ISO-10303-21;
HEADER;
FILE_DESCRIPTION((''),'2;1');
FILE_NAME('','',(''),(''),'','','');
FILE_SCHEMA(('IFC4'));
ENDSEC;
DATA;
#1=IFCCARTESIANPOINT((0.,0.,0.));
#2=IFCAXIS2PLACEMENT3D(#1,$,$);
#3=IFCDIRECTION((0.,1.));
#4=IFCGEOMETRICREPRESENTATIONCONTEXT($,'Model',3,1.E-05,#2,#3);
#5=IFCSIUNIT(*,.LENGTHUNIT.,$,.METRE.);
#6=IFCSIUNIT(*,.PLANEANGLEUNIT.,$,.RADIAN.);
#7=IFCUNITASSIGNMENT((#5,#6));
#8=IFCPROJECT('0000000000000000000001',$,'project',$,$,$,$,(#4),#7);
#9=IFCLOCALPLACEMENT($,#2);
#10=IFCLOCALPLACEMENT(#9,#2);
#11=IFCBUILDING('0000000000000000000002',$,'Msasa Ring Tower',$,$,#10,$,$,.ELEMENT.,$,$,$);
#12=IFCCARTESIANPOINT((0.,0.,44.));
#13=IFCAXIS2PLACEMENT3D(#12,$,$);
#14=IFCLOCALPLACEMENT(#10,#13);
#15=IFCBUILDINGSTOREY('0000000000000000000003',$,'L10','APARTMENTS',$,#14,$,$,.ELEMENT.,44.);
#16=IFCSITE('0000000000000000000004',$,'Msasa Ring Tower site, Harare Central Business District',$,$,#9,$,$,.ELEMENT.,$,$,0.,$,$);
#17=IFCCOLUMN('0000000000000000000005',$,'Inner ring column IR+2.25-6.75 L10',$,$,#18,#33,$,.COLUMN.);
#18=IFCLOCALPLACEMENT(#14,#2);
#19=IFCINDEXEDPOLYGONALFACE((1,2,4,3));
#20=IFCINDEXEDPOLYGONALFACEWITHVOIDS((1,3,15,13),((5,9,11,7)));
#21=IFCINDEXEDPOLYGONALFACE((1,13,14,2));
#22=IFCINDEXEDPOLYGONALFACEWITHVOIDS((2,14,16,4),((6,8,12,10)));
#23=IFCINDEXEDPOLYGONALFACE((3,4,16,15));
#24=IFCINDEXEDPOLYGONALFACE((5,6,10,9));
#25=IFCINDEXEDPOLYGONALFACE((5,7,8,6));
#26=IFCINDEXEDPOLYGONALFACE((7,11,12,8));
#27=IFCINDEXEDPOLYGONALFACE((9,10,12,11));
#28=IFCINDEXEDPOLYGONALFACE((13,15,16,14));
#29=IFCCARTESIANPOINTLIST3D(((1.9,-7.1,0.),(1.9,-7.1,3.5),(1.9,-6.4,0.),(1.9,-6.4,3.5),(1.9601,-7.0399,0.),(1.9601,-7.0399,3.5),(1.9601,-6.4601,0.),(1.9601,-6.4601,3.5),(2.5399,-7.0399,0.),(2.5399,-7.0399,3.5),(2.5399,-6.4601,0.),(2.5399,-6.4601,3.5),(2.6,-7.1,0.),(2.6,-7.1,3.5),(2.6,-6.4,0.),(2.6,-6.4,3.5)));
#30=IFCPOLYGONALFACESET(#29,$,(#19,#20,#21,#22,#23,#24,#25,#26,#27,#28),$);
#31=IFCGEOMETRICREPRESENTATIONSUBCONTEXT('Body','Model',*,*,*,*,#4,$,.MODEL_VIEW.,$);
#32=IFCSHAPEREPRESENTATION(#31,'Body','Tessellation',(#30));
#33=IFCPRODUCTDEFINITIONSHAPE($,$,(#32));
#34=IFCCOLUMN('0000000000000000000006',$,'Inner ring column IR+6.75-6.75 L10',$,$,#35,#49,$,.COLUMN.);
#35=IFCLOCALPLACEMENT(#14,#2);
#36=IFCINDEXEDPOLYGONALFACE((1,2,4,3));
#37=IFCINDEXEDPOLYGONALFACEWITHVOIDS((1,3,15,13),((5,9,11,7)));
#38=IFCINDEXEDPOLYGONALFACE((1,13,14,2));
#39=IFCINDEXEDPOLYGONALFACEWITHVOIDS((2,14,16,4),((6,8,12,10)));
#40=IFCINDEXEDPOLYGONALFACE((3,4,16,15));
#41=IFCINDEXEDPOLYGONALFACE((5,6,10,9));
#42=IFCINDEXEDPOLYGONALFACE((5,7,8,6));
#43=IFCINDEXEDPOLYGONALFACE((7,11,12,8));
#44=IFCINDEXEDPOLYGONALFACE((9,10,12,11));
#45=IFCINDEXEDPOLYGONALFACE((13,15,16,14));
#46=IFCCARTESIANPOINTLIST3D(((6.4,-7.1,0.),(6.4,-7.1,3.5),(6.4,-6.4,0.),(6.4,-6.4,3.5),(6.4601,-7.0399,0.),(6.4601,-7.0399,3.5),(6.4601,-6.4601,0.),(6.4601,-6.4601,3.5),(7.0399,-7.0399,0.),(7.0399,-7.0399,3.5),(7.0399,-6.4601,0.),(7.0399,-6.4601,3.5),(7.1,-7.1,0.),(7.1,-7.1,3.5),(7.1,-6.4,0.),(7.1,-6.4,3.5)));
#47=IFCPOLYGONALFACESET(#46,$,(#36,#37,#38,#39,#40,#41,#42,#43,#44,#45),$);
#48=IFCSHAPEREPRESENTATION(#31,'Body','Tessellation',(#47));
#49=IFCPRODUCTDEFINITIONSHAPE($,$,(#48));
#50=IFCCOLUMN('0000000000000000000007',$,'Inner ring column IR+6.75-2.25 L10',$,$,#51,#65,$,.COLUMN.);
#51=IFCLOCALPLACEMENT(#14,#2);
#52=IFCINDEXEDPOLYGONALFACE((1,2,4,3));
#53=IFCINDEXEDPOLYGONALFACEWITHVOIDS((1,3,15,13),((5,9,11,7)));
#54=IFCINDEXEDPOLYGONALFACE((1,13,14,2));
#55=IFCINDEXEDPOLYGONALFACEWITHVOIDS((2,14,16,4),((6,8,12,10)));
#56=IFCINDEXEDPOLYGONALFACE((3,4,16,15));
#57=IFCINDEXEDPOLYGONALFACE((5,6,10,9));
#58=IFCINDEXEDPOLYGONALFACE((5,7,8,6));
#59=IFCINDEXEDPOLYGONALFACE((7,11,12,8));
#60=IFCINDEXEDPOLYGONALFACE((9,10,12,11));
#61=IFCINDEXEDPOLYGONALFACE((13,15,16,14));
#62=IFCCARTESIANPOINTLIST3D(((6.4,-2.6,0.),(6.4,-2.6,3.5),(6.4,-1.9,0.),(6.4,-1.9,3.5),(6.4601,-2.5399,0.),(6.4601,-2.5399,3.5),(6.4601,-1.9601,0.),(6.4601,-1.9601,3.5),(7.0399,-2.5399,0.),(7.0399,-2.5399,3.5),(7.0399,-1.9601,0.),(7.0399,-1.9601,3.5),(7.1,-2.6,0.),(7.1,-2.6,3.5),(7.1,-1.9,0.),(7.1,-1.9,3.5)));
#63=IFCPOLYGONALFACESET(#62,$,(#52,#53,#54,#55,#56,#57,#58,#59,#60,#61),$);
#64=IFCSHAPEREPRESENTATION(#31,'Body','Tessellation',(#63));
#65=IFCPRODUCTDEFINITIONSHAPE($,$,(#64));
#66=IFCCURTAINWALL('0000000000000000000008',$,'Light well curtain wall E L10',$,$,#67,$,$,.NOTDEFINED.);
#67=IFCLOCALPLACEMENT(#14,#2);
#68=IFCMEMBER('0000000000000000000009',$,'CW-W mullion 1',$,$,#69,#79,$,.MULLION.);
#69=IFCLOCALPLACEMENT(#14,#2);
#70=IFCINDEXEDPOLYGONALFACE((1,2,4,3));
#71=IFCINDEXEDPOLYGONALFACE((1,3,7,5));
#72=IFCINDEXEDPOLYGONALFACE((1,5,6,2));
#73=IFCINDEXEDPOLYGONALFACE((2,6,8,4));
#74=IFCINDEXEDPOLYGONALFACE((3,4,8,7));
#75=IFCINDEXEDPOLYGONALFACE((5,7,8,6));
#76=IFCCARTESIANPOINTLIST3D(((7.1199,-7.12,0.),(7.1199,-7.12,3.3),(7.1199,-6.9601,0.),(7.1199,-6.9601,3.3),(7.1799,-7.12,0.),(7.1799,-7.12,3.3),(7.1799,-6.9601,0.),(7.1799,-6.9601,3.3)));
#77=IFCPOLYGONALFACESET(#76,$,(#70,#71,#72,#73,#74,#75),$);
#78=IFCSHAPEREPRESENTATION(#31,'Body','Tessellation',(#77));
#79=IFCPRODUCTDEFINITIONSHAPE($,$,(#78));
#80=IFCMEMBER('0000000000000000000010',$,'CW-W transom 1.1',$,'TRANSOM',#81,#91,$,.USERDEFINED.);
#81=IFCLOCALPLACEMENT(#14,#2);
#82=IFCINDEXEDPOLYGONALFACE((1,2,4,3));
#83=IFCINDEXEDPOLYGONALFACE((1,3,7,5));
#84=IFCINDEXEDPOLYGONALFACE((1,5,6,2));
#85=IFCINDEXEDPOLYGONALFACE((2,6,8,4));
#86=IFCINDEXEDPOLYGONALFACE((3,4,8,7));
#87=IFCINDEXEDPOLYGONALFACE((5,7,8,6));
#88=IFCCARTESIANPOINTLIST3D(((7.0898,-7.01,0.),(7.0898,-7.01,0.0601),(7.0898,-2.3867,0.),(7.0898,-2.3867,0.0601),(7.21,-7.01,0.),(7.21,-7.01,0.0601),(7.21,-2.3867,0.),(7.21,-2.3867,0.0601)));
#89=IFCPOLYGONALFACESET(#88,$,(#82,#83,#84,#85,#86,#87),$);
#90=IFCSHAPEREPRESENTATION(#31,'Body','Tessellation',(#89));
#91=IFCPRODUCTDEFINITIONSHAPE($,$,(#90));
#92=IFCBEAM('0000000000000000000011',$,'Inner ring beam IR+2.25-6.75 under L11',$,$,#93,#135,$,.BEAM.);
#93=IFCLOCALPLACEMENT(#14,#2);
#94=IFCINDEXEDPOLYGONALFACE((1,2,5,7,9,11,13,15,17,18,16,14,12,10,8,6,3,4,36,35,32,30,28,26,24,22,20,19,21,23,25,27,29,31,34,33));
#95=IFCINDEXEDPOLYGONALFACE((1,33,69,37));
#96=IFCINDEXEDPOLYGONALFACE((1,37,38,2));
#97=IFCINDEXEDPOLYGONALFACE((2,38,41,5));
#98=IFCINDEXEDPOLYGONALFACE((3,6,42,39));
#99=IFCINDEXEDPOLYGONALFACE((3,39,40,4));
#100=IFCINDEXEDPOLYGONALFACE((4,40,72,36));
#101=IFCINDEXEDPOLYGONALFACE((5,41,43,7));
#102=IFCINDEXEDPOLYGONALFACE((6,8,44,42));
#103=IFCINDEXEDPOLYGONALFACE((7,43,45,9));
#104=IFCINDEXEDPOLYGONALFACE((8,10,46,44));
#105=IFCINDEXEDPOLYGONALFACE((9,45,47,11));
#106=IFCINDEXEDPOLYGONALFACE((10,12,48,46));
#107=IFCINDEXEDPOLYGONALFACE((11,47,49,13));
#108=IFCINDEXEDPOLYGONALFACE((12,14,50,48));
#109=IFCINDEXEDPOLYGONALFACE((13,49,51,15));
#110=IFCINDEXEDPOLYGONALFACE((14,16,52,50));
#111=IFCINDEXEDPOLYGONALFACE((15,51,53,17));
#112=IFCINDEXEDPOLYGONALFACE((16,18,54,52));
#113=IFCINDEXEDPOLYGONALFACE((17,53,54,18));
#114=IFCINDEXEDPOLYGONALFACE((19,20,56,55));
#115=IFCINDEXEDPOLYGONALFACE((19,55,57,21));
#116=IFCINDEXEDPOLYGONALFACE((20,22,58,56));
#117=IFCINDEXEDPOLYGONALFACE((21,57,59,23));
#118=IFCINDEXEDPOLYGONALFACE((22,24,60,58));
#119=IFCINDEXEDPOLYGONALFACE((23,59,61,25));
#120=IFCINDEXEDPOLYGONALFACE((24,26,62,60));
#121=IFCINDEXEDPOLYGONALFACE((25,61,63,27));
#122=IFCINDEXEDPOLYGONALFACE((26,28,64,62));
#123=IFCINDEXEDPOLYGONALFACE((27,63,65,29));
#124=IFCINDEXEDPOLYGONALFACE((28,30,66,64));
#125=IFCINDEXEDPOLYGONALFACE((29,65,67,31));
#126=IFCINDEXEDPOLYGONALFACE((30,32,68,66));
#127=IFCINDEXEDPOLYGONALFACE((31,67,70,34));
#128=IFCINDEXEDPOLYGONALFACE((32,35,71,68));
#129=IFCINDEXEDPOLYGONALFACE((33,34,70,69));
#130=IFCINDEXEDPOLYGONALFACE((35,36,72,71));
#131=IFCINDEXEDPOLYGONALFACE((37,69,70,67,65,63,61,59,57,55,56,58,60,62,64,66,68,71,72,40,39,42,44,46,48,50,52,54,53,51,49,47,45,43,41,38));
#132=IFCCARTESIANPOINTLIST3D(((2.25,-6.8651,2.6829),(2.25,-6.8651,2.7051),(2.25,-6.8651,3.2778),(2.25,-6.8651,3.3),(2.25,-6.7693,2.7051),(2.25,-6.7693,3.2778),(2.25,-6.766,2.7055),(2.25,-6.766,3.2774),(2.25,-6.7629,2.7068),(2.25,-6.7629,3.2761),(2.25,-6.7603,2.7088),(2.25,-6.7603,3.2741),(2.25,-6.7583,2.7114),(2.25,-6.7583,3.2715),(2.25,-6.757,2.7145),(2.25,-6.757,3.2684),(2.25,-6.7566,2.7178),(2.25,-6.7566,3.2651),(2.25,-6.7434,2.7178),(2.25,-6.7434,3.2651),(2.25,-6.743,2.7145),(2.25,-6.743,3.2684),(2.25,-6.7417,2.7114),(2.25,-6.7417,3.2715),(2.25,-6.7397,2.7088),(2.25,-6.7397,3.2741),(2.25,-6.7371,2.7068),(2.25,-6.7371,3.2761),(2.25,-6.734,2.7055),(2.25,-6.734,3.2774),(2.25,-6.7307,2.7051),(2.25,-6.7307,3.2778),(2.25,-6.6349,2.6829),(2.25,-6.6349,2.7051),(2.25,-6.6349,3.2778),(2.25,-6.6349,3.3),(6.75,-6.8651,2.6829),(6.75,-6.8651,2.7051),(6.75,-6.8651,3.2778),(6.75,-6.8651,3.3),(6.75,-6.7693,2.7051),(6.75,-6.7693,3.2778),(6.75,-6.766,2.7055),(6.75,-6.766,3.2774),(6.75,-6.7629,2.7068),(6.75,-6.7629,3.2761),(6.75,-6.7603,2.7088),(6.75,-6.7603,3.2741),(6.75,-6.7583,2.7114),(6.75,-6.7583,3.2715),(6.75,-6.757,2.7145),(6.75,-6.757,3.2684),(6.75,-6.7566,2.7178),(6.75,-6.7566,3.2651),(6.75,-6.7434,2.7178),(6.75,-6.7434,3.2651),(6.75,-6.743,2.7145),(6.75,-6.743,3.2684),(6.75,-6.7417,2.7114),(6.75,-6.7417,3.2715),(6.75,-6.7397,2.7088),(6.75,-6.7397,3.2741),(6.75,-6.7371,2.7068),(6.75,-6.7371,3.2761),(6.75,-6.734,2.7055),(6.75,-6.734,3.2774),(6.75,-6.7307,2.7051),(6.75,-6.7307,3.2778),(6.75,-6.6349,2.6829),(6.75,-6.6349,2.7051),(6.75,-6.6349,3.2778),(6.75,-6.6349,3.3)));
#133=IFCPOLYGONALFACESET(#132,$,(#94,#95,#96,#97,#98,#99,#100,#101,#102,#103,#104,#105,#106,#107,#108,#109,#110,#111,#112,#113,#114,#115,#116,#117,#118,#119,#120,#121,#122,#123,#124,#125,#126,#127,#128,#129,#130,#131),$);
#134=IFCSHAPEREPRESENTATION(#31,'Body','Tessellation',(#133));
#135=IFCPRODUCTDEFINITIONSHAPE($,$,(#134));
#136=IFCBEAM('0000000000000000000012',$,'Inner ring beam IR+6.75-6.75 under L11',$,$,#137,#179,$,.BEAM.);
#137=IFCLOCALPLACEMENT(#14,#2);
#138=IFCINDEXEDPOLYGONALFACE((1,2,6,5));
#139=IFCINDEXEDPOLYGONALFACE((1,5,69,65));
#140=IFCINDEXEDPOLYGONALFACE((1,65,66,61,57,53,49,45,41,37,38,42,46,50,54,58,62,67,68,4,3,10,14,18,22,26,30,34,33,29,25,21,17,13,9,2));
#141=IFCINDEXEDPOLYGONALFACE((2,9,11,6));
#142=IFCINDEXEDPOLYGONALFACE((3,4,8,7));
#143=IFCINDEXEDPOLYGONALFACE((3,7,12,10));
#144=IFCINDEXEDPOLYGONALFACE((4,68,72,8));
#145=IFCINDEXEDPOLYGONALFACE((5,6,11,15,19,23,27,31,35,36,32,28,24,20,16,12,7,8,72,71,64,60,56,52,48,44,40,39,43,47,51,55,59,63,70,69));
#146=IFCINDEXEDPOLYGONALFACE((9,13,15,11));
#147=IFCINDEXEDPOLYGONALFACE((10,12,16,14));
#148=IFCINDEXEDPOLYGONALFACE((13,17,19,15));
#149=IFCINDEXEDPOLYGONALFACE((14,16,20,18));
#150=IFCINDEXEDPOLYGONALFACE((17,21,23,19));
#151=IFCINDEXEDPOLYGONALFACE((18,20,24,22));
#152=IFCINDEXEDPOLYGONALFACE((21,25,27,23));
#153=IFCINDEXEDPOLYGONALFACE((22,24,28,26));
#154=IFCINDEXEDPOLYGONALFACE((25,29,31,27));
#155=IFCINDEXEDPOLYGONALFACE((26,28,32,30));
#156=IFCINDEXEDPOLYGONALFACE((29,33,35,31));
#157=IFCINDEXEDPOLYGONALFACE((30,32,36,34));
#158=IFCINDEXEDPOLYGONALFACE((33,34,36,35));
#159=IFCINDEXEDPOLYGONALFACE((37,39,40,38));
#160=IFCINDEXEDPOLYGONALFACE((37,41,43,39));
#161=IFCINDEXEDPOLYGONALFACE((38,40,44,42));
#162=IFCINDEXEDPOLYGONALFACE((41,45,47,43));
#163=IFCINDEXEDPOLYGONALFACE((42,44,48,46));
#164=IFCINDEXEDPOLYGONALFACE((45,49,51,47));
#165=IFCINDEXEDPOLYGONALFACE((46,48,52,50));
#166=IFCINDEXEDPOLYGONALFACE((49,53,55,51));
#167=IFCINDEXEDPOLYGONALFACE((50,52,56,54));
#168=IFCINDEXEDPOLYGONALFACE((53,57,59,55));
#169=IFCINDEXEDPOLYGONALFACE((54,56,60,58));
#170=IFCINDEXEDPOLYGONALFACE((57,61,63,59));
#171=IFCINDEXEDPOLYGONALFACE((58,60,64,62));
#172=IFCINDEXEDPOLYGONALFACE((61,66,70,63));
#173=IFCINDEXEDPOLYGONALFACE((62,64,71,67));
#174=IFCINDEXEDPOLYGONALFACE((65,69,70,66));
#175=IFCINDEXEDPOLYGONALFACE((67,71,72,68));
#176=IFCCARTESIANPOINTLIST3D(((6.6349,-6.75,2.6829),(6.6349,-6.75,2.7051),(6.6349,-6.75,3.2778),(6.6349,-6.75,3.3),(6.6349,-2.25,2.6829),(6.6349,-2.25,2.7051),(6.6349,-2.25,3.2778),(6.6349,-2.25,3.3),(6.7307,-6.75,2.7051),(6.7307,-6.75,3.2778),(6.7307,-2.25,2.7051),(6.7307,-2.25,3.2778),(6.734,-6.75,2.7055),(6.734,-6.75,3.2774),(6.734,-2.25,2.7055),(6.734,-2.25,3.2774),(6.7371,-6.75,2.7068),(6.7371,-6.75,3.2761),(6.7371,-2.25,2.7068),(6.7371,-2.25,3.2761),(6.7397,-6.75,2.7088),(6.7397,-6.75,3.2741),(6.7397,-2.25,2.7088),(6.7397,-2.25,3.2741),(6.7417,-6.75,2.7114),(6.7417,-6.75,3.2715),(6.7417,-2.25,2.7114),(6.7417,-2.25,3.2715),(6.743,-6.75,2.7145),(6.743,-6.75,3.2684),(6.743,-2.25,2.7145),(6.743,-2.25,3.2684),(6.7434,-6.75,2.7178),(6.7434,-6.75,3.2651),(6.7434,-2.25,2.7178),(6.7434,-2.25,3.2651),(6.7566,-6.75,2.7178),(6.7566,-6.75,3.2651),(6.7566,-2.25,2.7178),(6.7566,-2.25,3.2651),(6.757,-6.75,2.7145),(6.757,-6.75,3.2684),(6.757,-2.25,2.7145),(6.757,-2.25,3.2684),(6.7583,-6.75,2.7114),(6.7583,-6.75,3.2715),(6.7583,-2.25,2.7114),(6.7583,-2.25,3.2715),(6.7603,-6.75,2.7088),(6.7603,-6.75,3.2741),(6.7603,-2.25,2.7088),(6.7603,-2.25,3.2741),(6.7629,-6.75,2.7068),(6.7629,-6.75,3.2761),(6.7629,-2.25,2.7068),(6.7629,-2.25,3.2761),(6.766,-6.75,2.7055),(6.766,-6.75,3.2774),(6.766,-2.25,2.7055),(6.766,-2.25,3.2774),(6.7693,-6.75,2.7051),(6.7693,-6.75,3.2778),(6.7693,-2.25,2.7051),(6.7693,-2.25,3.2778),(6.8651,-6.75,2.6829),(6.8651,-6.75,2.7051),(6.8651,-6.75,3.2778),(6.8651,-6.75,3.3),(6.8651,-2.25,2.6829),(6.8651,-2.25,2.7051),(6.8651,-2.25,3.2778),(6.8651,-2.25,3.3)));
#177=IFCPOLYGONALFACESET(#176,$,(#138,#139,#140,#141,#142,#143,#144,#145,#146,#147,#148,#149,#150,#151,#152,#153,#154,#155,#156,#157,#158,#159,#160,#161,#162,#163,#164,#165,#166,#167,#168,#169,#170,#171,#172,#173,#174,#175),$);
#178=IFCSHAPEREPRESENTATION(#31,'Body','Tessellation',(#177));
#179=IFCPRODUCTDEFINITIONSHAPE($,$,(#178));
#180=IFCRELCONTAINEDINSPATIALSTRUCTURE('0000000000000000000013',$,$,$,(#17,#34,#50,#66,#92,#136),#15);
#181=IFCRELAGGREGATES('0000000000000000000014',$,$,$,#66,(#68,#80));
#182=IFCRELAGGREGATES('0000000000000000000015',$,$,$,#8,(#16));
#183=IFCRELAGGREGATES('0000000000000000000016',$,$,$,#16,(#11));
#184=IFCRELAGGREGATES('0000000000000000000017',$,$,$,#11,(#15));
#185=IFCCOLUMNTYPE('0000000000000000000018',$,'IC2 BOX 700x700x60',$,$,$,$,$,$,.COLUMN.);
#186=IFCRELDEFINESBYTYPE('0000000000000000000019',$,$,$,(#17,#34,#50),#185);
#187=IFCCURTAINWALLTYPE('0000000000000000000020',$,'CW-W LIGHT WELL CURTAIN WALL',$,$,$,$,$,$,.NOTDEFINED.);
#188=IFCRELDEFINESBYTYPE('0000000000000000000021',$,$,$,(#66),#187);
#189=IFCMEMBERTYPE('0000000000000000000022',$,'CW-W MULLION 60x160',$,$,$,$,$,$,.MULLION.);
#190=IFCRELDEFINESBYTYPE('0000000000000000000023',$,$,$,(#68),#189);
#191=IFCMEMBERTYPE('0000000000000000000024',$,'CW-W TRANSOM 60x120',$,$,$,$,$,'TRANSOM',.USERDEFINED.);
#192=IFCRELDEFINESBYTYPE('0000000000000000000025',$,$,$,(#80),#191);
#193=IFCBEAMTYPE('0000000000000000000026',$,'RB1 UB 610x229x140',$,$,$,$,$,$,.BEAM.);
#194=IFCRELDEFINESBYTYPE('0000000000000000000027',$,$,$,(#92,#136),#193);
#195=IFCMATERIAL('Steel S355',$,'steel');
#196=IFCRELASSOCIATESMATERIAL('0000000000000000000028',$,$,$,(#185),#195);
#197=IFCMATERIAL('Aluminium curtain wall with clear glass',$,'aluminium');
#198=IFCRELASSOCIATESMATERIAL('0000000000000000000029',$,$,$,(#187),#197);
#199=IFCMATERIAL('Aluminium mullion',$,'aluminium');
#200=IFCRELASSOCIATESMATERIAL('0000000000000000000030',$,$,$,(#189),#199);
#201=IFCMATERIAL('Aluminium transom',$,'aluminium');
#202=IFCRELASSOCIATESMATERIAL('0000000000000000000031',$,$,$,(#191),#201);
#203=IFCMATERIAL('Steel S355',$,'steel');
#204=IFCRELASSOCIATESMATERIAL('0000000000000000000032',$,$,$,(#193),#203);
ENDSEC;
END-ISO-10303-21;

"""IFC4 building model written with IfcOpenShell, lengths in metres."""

from ifc_helpers import new_model, si_unit, direction, frame, origin, origin_2d, place, context, subcontext, project, spatial, rectangle, hollow_rectangle, i_section, extrude, material, material_profile, profile_set, type_object, element, aggregate, save


model = new_model("IFC4")

# Units and contexts
model_context = context("Model", 3, precision=1e-05, world=origin(), true_north=direction((0.0, 1.0)))
body_context = subcontext(model_context, "Body", "Model", "MODEL_VIEW")
ifc_project = project(units=[si_unit("LENGTHUNIT", "METRE"), si_unit("PLANEANGLEUNIT", "RADIAN")], contexts=[model_context])

# Site, building, storey
site_placement = place(None, origin())
site = spatial("IfcSite", under=ifc_project, at=site_placement, Name="Msasa Ring Tower site, Harare Central Business District", CompositionType="ELEMENT", RefElevation=0.0)
building_placement = place(site_placement, origin())
building = spatial("IfcBuilding", under=site, at=building_placement, Name="Msasa Ring Tower", CompositionType="ELEMENT")
storey_placement = place(building_placement, frame((0.0, 0.0, 44.0)))
storey = spatial("IfcBuildingStorey", under=building, at=storey_placement, Name="L10", Description="APARTMENTS", CompositionType="ELEMENT", Elevation=44.0)

# Columns
ifc_material_1 = material(Name="Steel S355", Category="steel")
ifc_material_profile_1 = material_profile(ifc_material_1, hollow_rectangle(XDim=0.7, YDim=0.7, WallThickness=0.0601, at=origin_2d()), Name="BOX 700x700x60")
ifc_profile_set_1 = profile_set([ifc_material_profile_1], Name="Steel S355")
column_type = type_object("IfcColumnType", Name="IC2 BOX 700x700x60", PredefinedType="COLUMN", material=ifc_profile_set_1)
for number, where, z_axis, x_axis, name in (
    (1, (2.25, -6.75, 0.0), (0.0, 0.0, 1.0), (1.0, 0.0, 0.0), "Inner ring column IR+2.25-6.75 L10"),
    (2, (6.75, -6.75, 0.0), (0.0, 0.0, 1.0), (1.0, 0.0, 0.0), "Inner ring column IR+6.75-6.75 L10"),
    (3, (6.75, -2.25, 0.0), (0.0, 0.0, 1.0), (1.0, 0.0, 0.0), "Inner ring column IR+6.75-2.25 L10"),
):
    element("IfcColumn", number, at=place(storey_placement, frame(where, z_axis=z_axis, x_axis=x_axis)), inside=storey, type_object=column_type, Name=name, PredefinedType="COLUMN", context=body_context, shape_type="SweptSolid", body=[
        extrude(hollow_rectangle(XDim=0.7, YDim=0.7, WallThickness=0.0601, at=origin_2d()), origin(), (0.0, 0.0, 1.0), 3.5),
    ])

# Curtain wall, members
ifc_material_2 = material(Name="Aluminium curtain wall with clear glass", Category="aluminium")
curtain_wall_type = type_object("IfcCurtainWallType", Name="CW-W LIGHT WELL CURTAIN WALL", PredefinedType="NOTDEFINED", material=ifc_material_2)
curtain_wall_1_placement = place(storey_placement, origin())
curtain_wall_1 = element("IfcCurtainWall", 4, at=curtain_wall_1_placement, inside=storey, type_object=curtain_wall_type, Name="Light well curtain wall E L10", PredefinedType="NOTDEFINED")
ifc_material_3 = material(Name="Aluminium mullion", Category="aluminium")
ifc_material_profile_2 = material_profile(ifc_material_3, rectangle(XDim=0.0601, YDim=0.1599, at=origin_2d()), Name="AL 60x160")
ifc_profile_set_2 = profile_set([ifc_material_profile_2], Name="Aluminium mullion")
member_type_1 = type_object("IfcMemberType", Name="CW-W MULLION 60x160", PredefinedType="MULLION", material=ifc_profile_set_2)
member_1_placement = place(storey_placement, frame((7.1499, -7.04, 0.0), z_axis=(0.0, 0.0, 1.0), x_axis=(-1.0, 0.0, 0.0)))
member_1 = element("IfcMember", 5, at=member_1_placement, type_object=member_type_1, Name="CW-W mullion 1", PredefinedType="MULLION", context=body_context, shape_type="SweptSolid", body=[
    extrude(rectangle(XDim=0.0601, YDim=0.1599, at=origin_2d()), origin(), (0.0, 0.0, 1.0), 3.3),
])
ifc_material_4 = material(Name="Aluminium transom", Category="aluminium")
ifc_material_profile_3 = material_profile(ifc_material_4, rectangle(XDim=0.1201, YDim=0.0601, at=origin_2d()), Name="AL 60x120")
ifc_profile_set_3 = profile_set([ifc_material_profile_3], Name="Aluminium transom")
member_type_2 = type_object("IfcMemberType", Name="CW-W TRANSOM 60x120", ElementType="TRANSOM", PredefinedType="USERDEFINED", material=ifc_profile_set_3)
member_2_placement = place(storey_placement, frame((7.1499, -7.01, 0.03), z_axis=(0.0, 1.0, 0.0), x_axis=(-1.0, 0.0, 0.0)))
member_2 = element("IfcMember", 6, at=member_2_placement, type_object=member_type_2, Name="CW-W transom 1.1", ObjectType="TRANSOM", PredefinedType="USERDEFINED", context=body_context, shape_type="SweptSolid", body=[
    extrude(rectangle(XDim=0.1201, YDim=0.0601, at=origin_2d()), origin(), (0.0, 0.0, 1.0), 4.6233),
])
aggregate(curtain_wall_1, [member_1, member_2])

# Beams
ifc_material_5 = material(Name="Steel S355", Category="steel")
ifc_material_profile_4 = material_profile(ifc_material_5, i_section(OverallWidth=0.2302, OverallDepth=0.6172, WebThickness=0.0132, FlangeThickness=0.0222, FilletRadius=0.0127, at=origin_2d()), Name="UB 610x229x140")
ifc_profile_set_4 = profile_set([ifc_material_profile_4], Name="Steel S355")
beam_type = type_object("IfcBeamType", Name="RB1 UB 610x229x140", PredefinedType="BEAM", material=ifc_profile_set_4)
for number, where, z_axis, x_axis, name in (
    (7, (2.25, -6.75, 2.9915), (1.0, 0.0, 0.0), (0.0, 1.0, 0.0), "Inner ring beam IR+2.25-6.75 under L11"),
    (8, (6.75, -6.75, 2.9915), (0.0, 1.0, 0.0), (-1.0, 0.0, 0.0), "Inner ring beam IR+6.75-6.75 under L11"),
):
    element("IfcBeam", number, at=place(storey_placement, frame(where, z_axis=z_axis, x_axis=x_axis)), inside=storey, type_object=beam_type, Name=name, PredefinedType="BEAM", context=body_context, shape_type="SweptSolid", body=[
        extrude(i_section(OverallWidth=0.2302, OverallDepth=0.6172, WebThickness=0.0132, FlangeThickness=0.0222, FilletRadius=0.0127, at=origin_2d()), origin(), (0.0, 0.0, 1.0), 4.5),
    ])

save(model, "model.ifc")
